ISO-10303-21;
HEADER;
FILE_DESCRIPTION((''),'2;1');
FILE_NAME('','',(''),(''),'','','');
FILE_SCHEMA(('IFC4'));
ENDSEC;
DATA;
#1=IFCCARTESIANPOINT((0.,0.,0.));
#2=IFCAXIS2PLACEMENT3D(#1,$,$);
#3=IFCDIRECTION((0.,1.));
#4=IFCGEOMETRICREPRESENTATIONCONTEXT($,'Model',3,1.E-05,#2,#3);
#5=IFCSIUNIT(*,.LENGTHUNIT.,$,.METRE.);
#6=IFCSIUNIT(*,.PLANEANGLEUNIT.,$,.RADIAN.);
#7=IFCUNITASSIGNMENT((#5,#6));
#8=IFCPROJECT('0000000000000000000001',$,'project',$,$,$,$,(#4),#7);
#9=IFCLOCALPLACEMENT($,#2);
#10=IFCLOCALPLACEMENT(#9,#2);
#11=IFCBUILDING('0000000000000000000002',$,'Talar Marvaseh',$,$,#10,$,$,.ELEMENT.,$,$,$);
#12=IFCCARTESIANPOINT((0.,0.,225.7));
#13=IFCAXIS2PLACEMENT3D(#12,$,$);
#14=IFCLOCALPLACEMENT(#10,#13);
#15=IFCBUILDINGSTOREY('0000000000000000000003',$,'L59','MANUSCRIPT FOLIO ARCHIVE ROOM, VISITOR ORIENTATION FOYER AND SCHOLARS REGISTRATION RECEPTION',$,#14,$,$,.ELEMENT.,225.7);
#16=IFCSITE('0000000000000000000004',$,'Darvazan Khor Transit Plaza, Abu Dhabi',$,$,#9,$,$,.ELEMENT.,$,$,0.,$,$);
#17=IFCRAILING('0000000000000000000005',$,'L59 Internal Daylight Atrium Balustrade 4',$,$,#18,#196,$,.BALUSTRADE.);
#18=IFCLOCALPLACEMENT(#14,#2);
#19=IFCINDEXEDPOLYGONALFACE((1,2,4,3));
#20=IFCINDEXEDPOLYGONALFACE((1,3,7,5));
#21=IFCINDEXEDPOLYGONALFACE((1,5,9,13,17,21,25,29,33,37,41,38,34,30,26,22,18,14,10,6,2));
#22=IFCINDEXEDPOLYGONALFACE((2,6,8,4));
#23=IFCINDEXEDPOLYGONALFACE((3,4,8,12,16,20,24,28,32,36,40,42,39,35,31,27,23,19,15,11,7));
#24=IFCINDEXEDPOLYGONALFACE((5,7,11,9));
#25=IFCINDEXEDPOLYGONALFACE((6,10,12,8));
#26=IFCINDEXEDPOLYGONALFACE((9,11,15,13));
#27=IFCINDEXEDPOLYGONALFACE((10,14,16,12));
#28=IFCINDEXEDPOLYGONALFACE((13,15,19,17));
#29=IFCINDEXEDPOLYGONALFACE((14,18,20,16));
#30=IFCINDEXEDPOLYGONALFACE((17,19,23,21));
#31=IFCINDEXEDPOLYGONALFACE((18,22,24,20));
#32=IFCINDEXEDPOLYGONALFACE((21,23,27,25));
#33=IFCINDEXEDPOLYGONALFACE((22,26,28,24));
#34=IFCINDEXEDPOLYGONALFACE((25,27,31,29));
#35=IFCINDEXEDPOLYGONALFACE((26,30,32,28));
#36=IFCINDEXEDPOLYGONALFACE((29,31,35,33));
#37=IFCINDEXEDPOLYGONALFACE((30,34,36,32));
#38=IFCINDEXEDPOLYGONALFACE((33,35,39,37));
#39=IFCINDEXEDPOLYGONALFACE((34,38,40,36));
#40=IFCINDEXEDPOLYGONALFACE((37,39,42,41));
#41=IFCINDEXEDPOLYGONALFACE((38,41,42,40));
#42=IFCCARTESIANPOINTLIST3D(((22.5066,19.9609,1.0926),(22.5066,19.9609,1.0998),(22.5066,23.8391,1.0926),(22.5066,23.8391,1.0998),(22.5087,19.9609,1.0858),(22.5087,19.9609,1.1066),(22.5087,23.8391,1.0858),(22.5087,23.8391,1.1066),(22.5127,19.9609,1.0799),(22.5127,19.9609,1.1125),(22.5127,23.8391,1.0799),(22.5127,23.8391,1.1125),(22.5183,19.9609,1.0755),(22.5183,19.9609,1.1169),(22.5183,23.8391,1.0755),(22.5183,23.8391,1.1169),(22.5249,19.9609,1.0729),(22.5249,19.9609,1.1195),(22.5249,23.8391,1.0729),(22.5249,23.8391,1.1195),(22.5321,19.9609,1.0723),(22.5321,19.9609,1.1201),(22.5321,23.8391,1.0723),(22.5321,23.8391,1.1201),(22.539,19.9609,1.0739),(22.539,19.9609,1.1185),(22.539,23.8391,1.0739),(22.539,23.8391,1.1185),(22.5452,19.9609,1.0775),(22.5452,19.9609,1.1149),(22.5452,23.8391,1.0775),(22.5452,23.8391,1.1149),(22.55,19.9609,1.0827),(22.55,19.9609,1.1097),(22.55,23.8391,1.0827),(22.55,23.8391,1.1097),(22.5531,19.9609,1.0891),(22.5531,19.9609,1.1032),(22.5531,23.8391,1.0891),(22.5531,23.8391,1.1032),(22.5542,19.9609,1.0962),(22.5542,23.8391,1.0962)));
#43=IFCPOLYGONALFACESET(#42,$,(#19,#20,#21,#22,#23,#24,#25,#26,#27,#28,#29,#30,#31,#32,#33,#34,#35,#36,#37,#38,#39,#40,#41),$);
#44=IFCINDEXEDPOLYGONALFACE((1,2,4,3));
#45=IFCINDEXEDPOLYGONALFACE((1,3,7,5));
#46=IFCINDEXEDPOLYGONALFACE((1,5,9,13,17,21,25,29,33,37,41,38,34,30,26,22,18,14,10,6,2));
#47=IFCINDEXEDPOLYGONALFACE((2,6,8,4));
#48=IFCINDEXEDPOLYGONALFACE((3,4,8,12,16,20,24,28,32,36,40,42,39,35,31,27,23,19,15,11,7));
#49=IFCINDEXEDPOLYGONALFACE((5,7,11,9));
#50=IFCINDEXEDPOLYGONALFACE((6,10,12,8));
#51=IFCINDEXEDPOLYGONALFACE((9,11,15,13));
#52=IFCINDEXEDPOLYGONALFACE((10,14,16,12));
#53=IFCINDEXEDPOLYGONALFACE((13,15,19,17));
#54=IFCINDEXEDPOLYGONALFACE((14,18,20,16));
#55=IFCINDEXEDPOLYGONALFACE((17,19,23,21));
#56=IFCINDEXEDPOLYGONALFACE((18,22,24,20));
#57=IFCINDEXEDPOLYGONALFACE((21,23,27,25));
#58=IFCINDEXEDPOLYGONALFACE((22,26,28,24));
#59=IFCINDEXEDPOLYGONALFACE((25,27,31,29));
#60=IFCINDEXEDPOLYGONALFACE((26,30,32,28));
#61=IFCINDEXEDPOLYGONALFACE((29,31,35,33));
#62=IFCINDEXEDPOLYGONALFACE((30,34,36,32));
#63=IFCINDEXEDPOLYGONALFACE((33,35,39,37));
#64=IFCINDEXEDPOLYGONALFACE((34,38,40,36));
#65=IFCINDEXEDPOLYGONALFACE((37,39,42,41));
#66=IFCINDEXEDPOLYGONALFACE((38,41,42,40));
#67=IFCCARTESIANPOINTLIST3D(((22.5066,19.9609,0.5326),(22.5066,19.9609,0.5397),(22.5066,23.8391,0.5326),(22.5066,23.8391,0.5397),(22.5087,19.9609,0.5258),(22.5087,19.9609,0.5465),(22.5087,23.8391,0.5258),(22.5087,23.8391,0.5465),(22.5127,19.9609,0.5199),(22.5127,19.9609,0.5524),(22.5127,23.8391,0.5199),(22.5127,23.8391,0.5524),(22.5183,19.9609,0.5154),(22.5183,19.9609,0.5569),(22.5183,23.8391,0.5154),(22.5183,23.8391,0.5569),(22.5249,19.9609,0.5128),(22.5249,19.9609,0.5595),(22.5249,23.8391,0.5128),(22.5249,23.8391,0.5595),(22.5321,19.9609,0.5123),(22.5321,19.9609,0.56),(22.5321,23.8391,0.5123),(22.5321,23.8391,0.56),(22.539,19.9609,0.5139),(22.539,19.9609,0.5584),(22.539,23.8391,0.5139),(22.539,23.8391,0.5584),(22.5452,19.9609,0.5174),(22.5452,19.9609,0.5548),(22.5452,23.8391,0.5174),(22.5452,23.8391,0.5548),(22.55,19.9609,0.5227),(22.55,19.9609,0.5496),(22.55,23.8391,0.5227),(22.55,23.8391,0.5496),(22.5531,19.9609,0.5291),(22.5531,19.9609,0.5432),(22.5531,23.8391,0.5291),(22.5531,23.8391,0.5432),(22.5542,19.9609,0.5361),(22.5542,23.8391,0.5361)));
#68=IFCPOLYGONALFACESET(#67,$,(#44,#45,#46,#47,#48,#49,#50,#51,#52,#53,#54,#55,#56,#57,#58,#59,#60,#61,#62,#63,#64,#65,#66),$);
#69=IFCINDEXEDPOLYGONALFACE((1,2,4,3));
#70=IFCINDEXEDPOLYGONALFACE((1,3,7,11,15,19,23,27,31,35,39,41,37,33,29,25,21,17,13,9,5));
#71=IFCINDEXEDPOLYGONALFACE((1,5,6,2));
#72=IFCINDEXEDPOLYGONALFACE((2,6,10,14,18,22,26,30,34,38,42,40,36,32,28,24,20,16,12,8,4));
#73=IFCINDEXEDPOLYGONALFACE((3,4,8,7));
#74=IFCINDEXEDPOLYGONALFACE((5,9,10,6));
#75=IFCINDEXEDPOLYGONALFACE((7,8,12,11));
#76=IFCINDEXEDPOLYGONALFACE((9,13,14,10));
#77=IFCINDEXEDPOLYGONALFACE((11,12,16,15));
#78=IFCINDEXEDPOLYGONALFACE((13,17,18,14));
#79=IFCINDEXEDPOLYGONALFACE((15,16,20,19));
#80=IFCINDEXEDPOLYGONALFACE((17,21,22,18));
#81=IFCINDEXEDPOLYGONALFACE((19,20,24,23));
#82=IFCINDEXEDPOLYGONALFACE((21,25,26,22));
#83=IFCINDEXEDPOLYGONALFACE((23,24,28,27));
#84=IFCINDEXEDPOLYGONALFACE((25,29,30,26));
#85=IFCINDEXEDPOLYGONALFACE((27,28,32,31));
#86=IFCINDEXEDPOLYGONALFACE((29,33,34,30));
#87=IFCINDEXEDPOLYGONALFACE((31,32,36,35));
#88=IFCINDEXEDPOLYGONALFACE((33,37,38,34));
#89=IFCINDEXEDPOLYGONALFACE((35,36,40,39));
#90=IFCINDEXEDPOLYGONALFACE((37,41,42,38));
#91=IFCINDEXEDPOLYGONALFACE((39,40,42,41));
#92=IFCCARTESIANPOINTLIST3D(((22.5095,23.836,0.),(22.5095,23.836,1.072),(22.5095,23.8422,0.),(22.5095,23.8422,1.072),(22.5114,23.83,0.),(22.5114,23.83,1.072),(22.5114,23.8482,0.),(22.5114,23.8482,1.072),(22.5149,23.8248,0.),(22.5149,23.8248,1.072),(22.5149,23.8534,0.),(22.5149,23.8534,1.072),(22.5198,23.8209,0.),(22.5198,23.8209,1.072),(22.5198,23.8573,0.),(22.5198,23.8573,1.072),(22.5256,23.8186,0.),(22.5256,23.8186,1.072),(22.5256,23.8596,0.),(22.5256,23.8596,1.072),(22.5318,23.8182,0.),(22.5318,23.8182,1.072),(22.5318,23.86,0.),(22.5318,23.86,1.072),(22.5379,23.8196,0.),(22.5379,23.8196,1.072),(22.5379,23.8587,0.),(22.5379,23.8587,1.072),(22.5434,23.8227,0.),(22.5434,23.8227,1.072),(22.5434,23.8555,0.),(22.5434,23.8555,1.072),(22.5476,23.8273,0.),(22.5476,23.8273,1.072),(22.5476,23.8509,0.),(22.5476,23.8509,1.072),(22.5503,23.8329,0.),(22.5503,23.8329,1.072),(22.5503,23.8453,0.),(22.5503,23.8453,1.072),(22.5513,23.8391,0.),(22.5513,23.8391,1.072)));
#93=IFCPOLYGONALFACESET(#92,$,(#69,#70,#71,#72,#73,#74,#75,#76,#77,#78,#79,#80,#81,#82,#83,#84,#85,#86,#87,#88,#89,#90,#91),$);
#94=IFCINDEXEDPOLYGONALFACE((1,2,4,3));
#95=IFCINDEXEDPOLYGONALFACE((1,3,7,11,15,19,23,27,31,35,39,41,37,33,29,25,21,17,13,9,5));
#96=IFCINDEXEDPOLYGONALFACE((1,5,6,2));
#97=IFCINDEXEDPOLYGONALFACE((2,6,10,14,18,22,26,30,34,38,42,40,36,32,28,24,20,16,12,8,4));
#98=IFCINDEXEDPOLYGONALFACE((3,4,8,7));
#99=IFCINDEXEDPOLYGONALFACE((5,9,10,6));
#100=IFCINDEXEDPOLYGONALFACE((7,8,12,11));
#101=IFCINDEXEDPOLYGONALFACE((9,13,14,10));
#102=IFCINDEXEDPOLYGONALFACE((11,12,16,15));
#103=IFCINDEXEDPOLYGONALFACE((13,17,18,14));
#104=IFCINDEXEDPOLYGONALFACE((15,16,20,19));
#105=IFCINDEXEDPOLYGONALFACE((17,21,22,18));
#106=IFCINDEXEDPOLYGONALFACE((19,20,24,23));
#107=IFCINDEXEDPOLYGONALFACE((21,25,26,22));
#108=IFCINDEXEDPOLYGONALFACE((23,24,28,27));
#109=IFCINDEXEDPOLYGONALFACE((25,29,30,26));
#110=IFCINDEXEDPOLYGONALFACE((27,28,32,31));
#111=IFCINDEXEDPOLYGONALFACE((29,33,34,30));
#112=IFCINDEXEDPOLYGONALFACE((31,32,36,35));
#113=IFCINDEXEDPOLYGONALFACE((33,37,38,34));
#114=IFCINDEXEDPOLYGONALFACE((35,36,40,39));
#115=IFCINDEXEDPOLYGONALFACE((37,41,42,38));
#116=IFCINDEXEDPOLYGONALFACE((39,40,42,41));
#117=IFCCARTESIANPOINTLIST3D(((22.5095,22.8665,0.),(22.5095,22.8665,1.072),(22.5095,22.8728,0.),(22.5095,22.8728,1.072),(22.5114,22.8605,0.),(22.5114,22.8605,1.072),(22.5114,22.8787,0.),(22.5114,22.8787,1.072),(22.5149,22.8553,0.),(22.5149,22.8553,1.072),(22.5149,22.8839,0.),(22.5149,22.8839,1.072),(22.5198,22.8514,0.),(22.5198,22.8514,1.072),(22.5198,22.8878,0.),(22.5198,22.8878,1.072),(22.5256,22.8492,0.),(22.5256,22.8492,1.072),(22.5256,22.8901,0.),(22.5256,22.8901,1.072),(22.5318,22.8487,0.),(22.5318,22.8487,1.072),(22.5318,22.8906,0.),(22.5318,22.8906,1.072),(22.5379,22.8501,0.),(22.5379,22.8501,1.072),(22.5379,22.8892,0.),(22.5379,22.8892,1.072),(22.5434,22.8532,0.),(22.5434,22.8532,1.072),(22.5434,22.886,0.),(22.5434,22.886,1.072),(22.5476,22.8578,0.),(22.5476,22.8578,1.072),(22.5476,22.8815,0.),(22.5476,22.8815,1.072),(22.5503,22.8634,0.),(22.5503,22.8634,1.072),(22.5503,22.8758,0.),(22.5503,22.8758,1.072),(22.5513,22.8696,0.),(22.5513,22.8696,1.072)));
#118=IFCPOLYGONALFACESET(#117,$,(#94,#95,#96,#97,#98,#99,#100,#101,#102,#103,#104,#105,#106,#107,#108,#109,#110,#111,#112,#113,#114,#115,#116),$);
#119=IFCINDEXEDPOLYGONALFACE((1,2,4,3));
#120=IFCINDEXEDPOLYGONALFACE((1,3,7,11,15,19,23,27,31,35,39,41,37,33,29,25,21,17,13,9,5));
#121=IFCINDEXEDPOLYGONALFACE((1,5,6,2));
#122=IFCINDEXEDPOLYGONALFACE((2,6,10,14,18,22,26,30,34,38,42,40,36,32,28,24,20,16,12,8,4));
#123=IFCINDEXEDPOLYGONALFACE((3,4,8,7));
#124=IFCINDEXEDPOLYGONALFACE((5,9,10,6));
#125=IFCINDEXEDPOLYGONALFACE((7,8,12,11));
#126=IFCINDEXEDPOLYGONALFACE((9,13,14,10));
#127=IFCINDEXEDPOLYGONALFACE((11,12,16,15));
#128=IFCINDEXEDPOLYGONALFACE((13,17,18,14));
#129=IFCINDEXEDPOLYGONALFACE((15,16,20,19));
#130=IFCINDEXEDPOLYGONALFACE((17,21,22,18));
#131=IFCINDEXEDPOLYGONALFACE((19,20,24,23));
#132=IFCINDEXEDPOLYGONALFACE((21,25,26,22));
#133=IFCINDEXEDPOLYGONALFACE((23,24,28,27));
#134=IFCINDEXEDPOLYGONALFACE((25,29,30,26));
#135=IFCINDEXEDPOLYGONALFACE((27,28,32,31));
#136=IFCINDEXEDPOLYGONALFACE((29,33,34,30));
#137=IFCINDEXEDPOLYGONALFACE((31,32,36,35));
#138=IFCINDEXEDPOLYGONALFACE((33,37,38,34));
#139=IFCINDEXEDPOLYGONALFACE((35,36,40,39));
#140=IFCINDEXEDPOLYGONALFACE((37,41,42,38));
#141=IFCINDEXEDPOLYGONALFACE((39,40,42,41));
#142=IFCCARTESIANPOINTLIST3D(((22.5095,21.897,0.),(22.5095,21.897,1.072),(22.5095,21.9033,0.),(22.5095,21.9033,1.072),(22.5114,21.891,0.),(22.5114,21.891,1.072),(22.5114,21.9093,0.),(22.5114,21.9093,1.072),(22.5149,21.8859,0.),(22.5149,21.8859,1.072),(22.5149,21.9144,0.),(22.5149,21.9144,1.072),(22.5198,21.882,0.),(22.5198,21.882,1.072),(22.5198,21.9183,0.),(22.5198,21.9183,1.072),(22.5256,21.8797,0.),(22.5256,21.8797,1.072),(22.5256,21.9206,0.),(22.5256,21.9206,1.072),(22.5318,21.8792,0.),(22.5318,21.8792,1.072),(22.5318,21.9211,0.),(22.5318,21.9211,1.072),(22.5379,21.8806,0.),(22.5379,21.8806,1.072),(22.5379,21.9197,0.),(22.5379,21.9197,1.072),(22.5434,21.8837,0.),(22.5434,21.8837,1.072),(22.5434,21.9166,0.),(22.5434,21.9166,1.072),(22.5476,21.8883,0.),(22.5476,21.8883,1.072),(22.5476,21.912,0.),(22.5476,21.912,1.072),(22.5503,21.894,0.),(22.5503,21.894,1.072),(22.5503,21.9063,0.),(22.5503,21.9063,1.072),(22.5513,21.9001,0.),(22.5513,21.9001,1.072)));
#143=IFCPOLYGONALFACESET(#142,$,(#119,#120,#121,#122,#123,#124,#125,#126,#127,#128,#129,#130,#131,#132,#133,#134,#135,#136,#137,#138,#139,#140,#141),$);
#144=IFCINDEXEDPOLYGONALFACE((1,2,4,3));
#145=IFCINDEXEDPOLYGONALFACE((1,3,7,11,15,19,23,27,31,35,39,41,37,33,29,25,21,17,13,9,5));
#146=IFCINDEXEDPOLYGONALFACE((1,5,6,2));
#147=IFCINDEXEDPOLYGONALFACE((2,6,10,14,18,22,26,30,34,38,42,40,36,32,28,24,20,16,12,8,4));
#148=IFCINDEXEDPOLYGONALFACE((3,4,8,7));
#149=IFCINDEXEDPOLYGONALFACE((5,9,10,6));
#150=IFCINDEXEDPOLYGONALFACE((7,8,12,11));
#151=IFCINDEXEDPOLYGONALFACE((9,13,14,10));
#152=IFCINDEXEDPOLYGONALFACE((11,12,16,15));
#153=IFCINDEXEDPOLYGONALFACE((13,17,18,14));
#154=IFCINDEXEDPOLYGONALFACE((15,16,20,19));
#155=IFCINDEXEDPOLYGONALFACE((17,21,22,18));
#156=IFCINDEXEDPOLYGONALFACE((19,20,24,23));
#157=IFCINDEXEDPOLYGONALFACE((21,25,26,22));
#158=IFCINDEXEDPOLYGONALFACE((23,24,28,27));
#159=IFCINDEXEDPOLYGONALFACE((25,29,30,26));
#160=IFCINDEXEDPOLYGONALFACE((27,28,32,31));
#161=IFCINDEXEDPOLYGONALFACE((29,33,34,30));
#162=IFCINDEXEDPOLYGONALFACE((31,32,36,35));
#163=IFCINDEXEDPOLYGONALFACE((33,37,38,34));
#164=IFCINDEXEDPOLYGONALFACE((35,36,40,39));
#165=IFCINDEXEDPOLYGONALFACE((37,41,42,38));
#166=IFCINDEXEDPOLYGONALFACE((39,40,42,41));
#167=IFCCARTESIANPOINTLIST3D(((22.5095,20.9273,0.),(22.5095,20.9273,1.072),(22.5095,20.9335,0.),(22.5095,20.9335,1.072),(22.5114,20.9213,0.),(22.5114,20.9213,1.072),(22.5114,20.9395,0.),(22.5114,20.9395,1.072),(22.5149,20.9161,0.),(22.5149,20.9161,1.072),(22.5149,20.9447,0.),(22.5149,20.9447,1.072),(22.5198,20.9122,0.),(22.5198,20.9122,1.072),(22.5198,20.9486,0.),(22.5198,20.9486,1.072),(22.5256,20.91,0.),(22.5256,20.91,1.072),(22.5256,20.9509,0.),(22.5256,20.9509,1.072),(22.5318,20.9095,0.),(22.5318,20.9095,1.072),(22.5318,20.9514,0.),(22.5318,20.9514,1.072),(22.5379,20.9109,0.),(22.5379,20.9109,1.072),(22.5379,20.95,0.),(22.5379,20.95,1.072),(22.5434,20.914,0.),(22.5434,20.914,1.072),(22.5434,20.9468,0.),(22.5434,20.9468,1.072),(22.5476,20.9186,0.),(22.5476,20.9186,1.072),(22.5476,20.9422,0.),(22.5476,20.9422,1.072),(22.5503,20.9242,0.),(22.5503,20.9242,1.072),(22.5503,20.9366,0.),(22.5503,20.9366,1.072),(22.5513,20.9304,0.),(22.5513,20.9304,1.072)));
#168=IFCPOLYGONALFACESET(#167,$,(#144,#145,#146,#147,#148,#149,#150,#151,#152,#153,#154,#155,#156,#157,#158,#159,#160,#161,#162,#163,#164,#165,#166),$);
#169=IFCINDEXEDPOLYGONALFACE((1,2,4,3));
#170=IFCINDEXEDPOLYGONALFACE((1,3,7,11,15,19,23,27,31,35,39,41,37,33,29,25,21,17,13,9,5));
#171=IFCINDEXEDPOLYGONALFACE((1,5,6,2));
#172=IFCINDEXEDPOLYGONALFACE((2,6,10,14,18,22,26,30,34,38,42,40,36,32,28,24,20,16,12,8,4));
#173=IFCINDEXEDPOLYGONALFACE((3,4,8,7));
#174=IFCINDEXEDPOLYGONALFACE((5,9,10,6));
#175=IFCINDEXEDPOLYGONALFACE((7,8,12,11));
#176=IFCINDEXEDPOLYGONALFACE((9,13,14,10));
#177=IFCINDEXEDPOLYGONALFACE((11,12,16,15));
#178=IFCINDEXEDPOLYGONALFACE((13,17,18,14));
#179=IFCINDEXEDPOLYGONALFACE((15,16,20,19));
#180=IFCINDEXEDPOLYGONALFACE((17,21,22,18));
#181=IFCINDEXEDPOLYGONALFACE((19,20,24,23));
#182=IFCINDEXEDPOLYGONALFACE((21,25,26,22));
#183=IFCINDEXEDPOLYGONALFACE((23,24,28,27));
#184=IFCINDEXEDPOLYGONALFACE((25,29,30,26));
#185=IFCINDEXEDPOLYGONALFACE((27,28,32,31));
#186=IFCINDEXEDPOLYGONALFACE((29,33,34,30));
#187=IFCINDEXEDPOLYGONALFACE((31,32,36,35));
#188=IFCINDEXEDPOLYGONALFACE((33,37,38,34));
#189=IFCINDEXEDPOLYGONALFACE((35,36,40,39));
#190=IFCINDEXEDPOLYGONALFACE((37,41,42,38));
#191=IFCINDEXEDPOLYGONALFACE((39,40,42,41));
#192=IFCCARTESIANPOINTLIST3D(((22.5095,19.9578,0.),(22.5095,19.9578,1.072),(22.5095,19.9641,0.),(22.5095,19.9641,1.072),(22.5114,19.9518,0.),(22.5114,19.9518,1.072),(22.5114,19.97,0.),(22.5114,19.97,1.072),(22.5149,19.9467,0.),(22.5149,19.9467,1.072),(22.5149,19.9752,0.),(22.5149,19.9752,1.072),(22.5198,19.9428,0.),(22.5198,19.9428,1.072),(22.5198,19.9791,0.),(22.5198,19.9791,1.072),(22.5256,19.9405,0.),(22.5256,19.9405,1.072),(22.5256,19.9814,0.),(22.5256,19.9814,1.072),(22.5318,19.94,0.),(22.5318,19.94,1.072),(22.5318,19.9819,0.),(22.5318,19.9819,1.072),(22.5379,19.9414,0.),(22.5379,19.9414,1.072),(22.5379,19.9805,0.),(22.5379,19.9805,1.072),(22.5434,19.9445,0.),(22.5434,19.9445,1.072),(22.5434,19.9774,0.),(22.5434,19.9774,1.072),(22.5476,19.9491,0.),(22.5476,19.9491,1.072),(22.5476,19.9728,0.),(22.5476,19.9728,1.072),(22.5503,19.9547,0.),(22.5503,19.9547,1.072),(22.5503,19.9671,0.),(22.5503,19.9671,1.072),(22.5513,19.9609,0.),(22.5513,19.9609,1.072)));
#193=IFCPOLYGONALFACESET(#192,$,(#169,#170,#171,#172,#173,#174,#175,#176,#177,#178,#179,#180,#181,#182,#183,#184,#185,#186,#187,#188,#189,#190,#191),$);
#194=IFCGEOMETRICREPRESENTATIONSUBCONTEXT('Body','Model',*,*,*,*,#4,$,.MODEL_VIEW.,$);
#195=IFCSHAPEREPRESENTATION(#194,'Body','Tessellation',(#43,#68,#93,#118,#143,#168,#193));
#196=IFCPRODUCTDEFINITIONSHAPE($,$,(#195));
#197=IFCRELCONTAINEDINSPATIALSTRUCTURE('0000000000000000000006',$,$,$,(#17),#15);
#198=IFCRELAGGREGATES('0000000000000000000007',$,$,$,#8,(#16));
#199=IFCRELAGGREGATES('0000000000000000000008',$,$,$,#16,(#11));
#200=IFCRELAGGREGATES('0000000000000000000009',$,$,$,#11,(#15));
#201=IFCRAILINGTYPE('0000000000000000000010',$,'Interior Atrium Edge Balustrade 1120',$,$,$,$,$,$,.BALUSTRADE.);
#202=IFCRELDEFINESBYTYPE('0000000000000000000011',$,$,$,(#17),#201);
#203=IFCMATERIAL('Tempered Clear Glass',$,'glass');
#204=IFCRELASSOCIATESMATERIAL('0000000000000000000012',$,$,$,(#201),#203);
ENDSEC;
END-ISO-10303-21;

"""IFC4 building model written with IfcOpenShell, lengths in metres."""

from ifc_helpers import new_model, si_unit, direction, frame, origin, origin_2d, place, context, subcontext, project, spatial, circle, extrude, material, type_object, element, save


model = new_model("IFC4")

# Units and contexts
model_context = context("Model", 3, precision=1e-05, world=origin(), true_north=direction((0.0, 1.0)))
body_context = subcontext(model_context, "Body", "Model", "MODEL_VIEW")
ifc_project = project(units=[si_unit("LENGTHUNIT", "METRE"), si_unit("PLANEANGLEUNIT", "RADIAN")], contexts=[model_context])

# Site, building, storey
site_placement = place(None, origin())
site = spatial("IfcSite", under=ifc_project, at=site_placement, Name="Darvazan Khor Transit Plaza, Abu Dhabi", CompositionType="ELEMENT", RefElevation=0.0)
building_placement = place(site_placement, origin())
building = spatial("IfcBuilding", under=site, at=building_placement, Name="Talar Marvaseh", CompositionType="ELEMENT")
storey_placement = place(building_placement, frame((0.0, 0.0, 225.7)))
storey = spatial("IfcBuildingStorey", under=building, at=storey_placement, Name="L59", Description="MANUSCRIPT FOLIO ARCHIVE ROOM, VISITOR ORIENTATION FOYER AND SCHOLARS REGISTRATION RECEPTION", CompositionType="ELEMENT", Elevation=225.7)

# Railing
ifc_material_1 = material(Name="Tempered Clear Glass", Category="glass")
railing_type = type_object("IfcRailingType", Name="Interior Atrium Edge Balustrade 1120", PredefinedType="BALUSTRADE", material=ifc_material_1)
railing_1_placement = place(storey_placement, frame((22.5303, 23.8391, 0.0)))
element("IfcRailing", 1, at=railing_1_placement, inside=storey, type_object=railing_type, Name="L59 Internal Daylight Atrium Balustrade 4", PredefinedType="BALUSTRADE", context=body_context, shape_type="SweptSolid", body=[
    extrude(circle(Radius=0.0239, at=origin_2d()), frame((0.0, 0.0, 1.0962), z_axis=(0.0, -1.0, 0.0), x_axis=(1.0, 0.0, 0.0)), (0.0, 0.0, 1.0), 3.8782),
    extrude(circle(Radius=0.0239, at=origin_2d()), frame((0.0, 0.0, 0.5361), z_axis=(0.0, -1.0, 0.0), x_axis=(1.0, 0.0, 0.0)), (0.0, 0.0, 1.0), 3.8782),
    extrude(circle(Radius=0.021, at=origin_2d()), origin(), (0.0, 0.0, 1.0), 1.072),
    extrude(circle(Radius=0.021, at=origin_2d()), frame((0.0, -0.9695, 0.0)), (0.0, 0.0, 1.0), 1.072),
    extrude(circle(Radius=0.021, at=origin_2d()), frame((0.0, -1.939, 0.0)), (0.0, 0.0, 1.0), 1.072),
    extrude(circle(Radius=0.021, at=origin_2d()), frame((0.0, -2.9087, 0.0)), (0.0, 0.0, 1.0), 1.072),
    extrude(circle(Radius=0.021, at=origin_2d()), frame((0.0, -3.8782, 0.0)), (0.0, 0.0, 1.0), 1.072),
])

save(model, "model.ifc")
